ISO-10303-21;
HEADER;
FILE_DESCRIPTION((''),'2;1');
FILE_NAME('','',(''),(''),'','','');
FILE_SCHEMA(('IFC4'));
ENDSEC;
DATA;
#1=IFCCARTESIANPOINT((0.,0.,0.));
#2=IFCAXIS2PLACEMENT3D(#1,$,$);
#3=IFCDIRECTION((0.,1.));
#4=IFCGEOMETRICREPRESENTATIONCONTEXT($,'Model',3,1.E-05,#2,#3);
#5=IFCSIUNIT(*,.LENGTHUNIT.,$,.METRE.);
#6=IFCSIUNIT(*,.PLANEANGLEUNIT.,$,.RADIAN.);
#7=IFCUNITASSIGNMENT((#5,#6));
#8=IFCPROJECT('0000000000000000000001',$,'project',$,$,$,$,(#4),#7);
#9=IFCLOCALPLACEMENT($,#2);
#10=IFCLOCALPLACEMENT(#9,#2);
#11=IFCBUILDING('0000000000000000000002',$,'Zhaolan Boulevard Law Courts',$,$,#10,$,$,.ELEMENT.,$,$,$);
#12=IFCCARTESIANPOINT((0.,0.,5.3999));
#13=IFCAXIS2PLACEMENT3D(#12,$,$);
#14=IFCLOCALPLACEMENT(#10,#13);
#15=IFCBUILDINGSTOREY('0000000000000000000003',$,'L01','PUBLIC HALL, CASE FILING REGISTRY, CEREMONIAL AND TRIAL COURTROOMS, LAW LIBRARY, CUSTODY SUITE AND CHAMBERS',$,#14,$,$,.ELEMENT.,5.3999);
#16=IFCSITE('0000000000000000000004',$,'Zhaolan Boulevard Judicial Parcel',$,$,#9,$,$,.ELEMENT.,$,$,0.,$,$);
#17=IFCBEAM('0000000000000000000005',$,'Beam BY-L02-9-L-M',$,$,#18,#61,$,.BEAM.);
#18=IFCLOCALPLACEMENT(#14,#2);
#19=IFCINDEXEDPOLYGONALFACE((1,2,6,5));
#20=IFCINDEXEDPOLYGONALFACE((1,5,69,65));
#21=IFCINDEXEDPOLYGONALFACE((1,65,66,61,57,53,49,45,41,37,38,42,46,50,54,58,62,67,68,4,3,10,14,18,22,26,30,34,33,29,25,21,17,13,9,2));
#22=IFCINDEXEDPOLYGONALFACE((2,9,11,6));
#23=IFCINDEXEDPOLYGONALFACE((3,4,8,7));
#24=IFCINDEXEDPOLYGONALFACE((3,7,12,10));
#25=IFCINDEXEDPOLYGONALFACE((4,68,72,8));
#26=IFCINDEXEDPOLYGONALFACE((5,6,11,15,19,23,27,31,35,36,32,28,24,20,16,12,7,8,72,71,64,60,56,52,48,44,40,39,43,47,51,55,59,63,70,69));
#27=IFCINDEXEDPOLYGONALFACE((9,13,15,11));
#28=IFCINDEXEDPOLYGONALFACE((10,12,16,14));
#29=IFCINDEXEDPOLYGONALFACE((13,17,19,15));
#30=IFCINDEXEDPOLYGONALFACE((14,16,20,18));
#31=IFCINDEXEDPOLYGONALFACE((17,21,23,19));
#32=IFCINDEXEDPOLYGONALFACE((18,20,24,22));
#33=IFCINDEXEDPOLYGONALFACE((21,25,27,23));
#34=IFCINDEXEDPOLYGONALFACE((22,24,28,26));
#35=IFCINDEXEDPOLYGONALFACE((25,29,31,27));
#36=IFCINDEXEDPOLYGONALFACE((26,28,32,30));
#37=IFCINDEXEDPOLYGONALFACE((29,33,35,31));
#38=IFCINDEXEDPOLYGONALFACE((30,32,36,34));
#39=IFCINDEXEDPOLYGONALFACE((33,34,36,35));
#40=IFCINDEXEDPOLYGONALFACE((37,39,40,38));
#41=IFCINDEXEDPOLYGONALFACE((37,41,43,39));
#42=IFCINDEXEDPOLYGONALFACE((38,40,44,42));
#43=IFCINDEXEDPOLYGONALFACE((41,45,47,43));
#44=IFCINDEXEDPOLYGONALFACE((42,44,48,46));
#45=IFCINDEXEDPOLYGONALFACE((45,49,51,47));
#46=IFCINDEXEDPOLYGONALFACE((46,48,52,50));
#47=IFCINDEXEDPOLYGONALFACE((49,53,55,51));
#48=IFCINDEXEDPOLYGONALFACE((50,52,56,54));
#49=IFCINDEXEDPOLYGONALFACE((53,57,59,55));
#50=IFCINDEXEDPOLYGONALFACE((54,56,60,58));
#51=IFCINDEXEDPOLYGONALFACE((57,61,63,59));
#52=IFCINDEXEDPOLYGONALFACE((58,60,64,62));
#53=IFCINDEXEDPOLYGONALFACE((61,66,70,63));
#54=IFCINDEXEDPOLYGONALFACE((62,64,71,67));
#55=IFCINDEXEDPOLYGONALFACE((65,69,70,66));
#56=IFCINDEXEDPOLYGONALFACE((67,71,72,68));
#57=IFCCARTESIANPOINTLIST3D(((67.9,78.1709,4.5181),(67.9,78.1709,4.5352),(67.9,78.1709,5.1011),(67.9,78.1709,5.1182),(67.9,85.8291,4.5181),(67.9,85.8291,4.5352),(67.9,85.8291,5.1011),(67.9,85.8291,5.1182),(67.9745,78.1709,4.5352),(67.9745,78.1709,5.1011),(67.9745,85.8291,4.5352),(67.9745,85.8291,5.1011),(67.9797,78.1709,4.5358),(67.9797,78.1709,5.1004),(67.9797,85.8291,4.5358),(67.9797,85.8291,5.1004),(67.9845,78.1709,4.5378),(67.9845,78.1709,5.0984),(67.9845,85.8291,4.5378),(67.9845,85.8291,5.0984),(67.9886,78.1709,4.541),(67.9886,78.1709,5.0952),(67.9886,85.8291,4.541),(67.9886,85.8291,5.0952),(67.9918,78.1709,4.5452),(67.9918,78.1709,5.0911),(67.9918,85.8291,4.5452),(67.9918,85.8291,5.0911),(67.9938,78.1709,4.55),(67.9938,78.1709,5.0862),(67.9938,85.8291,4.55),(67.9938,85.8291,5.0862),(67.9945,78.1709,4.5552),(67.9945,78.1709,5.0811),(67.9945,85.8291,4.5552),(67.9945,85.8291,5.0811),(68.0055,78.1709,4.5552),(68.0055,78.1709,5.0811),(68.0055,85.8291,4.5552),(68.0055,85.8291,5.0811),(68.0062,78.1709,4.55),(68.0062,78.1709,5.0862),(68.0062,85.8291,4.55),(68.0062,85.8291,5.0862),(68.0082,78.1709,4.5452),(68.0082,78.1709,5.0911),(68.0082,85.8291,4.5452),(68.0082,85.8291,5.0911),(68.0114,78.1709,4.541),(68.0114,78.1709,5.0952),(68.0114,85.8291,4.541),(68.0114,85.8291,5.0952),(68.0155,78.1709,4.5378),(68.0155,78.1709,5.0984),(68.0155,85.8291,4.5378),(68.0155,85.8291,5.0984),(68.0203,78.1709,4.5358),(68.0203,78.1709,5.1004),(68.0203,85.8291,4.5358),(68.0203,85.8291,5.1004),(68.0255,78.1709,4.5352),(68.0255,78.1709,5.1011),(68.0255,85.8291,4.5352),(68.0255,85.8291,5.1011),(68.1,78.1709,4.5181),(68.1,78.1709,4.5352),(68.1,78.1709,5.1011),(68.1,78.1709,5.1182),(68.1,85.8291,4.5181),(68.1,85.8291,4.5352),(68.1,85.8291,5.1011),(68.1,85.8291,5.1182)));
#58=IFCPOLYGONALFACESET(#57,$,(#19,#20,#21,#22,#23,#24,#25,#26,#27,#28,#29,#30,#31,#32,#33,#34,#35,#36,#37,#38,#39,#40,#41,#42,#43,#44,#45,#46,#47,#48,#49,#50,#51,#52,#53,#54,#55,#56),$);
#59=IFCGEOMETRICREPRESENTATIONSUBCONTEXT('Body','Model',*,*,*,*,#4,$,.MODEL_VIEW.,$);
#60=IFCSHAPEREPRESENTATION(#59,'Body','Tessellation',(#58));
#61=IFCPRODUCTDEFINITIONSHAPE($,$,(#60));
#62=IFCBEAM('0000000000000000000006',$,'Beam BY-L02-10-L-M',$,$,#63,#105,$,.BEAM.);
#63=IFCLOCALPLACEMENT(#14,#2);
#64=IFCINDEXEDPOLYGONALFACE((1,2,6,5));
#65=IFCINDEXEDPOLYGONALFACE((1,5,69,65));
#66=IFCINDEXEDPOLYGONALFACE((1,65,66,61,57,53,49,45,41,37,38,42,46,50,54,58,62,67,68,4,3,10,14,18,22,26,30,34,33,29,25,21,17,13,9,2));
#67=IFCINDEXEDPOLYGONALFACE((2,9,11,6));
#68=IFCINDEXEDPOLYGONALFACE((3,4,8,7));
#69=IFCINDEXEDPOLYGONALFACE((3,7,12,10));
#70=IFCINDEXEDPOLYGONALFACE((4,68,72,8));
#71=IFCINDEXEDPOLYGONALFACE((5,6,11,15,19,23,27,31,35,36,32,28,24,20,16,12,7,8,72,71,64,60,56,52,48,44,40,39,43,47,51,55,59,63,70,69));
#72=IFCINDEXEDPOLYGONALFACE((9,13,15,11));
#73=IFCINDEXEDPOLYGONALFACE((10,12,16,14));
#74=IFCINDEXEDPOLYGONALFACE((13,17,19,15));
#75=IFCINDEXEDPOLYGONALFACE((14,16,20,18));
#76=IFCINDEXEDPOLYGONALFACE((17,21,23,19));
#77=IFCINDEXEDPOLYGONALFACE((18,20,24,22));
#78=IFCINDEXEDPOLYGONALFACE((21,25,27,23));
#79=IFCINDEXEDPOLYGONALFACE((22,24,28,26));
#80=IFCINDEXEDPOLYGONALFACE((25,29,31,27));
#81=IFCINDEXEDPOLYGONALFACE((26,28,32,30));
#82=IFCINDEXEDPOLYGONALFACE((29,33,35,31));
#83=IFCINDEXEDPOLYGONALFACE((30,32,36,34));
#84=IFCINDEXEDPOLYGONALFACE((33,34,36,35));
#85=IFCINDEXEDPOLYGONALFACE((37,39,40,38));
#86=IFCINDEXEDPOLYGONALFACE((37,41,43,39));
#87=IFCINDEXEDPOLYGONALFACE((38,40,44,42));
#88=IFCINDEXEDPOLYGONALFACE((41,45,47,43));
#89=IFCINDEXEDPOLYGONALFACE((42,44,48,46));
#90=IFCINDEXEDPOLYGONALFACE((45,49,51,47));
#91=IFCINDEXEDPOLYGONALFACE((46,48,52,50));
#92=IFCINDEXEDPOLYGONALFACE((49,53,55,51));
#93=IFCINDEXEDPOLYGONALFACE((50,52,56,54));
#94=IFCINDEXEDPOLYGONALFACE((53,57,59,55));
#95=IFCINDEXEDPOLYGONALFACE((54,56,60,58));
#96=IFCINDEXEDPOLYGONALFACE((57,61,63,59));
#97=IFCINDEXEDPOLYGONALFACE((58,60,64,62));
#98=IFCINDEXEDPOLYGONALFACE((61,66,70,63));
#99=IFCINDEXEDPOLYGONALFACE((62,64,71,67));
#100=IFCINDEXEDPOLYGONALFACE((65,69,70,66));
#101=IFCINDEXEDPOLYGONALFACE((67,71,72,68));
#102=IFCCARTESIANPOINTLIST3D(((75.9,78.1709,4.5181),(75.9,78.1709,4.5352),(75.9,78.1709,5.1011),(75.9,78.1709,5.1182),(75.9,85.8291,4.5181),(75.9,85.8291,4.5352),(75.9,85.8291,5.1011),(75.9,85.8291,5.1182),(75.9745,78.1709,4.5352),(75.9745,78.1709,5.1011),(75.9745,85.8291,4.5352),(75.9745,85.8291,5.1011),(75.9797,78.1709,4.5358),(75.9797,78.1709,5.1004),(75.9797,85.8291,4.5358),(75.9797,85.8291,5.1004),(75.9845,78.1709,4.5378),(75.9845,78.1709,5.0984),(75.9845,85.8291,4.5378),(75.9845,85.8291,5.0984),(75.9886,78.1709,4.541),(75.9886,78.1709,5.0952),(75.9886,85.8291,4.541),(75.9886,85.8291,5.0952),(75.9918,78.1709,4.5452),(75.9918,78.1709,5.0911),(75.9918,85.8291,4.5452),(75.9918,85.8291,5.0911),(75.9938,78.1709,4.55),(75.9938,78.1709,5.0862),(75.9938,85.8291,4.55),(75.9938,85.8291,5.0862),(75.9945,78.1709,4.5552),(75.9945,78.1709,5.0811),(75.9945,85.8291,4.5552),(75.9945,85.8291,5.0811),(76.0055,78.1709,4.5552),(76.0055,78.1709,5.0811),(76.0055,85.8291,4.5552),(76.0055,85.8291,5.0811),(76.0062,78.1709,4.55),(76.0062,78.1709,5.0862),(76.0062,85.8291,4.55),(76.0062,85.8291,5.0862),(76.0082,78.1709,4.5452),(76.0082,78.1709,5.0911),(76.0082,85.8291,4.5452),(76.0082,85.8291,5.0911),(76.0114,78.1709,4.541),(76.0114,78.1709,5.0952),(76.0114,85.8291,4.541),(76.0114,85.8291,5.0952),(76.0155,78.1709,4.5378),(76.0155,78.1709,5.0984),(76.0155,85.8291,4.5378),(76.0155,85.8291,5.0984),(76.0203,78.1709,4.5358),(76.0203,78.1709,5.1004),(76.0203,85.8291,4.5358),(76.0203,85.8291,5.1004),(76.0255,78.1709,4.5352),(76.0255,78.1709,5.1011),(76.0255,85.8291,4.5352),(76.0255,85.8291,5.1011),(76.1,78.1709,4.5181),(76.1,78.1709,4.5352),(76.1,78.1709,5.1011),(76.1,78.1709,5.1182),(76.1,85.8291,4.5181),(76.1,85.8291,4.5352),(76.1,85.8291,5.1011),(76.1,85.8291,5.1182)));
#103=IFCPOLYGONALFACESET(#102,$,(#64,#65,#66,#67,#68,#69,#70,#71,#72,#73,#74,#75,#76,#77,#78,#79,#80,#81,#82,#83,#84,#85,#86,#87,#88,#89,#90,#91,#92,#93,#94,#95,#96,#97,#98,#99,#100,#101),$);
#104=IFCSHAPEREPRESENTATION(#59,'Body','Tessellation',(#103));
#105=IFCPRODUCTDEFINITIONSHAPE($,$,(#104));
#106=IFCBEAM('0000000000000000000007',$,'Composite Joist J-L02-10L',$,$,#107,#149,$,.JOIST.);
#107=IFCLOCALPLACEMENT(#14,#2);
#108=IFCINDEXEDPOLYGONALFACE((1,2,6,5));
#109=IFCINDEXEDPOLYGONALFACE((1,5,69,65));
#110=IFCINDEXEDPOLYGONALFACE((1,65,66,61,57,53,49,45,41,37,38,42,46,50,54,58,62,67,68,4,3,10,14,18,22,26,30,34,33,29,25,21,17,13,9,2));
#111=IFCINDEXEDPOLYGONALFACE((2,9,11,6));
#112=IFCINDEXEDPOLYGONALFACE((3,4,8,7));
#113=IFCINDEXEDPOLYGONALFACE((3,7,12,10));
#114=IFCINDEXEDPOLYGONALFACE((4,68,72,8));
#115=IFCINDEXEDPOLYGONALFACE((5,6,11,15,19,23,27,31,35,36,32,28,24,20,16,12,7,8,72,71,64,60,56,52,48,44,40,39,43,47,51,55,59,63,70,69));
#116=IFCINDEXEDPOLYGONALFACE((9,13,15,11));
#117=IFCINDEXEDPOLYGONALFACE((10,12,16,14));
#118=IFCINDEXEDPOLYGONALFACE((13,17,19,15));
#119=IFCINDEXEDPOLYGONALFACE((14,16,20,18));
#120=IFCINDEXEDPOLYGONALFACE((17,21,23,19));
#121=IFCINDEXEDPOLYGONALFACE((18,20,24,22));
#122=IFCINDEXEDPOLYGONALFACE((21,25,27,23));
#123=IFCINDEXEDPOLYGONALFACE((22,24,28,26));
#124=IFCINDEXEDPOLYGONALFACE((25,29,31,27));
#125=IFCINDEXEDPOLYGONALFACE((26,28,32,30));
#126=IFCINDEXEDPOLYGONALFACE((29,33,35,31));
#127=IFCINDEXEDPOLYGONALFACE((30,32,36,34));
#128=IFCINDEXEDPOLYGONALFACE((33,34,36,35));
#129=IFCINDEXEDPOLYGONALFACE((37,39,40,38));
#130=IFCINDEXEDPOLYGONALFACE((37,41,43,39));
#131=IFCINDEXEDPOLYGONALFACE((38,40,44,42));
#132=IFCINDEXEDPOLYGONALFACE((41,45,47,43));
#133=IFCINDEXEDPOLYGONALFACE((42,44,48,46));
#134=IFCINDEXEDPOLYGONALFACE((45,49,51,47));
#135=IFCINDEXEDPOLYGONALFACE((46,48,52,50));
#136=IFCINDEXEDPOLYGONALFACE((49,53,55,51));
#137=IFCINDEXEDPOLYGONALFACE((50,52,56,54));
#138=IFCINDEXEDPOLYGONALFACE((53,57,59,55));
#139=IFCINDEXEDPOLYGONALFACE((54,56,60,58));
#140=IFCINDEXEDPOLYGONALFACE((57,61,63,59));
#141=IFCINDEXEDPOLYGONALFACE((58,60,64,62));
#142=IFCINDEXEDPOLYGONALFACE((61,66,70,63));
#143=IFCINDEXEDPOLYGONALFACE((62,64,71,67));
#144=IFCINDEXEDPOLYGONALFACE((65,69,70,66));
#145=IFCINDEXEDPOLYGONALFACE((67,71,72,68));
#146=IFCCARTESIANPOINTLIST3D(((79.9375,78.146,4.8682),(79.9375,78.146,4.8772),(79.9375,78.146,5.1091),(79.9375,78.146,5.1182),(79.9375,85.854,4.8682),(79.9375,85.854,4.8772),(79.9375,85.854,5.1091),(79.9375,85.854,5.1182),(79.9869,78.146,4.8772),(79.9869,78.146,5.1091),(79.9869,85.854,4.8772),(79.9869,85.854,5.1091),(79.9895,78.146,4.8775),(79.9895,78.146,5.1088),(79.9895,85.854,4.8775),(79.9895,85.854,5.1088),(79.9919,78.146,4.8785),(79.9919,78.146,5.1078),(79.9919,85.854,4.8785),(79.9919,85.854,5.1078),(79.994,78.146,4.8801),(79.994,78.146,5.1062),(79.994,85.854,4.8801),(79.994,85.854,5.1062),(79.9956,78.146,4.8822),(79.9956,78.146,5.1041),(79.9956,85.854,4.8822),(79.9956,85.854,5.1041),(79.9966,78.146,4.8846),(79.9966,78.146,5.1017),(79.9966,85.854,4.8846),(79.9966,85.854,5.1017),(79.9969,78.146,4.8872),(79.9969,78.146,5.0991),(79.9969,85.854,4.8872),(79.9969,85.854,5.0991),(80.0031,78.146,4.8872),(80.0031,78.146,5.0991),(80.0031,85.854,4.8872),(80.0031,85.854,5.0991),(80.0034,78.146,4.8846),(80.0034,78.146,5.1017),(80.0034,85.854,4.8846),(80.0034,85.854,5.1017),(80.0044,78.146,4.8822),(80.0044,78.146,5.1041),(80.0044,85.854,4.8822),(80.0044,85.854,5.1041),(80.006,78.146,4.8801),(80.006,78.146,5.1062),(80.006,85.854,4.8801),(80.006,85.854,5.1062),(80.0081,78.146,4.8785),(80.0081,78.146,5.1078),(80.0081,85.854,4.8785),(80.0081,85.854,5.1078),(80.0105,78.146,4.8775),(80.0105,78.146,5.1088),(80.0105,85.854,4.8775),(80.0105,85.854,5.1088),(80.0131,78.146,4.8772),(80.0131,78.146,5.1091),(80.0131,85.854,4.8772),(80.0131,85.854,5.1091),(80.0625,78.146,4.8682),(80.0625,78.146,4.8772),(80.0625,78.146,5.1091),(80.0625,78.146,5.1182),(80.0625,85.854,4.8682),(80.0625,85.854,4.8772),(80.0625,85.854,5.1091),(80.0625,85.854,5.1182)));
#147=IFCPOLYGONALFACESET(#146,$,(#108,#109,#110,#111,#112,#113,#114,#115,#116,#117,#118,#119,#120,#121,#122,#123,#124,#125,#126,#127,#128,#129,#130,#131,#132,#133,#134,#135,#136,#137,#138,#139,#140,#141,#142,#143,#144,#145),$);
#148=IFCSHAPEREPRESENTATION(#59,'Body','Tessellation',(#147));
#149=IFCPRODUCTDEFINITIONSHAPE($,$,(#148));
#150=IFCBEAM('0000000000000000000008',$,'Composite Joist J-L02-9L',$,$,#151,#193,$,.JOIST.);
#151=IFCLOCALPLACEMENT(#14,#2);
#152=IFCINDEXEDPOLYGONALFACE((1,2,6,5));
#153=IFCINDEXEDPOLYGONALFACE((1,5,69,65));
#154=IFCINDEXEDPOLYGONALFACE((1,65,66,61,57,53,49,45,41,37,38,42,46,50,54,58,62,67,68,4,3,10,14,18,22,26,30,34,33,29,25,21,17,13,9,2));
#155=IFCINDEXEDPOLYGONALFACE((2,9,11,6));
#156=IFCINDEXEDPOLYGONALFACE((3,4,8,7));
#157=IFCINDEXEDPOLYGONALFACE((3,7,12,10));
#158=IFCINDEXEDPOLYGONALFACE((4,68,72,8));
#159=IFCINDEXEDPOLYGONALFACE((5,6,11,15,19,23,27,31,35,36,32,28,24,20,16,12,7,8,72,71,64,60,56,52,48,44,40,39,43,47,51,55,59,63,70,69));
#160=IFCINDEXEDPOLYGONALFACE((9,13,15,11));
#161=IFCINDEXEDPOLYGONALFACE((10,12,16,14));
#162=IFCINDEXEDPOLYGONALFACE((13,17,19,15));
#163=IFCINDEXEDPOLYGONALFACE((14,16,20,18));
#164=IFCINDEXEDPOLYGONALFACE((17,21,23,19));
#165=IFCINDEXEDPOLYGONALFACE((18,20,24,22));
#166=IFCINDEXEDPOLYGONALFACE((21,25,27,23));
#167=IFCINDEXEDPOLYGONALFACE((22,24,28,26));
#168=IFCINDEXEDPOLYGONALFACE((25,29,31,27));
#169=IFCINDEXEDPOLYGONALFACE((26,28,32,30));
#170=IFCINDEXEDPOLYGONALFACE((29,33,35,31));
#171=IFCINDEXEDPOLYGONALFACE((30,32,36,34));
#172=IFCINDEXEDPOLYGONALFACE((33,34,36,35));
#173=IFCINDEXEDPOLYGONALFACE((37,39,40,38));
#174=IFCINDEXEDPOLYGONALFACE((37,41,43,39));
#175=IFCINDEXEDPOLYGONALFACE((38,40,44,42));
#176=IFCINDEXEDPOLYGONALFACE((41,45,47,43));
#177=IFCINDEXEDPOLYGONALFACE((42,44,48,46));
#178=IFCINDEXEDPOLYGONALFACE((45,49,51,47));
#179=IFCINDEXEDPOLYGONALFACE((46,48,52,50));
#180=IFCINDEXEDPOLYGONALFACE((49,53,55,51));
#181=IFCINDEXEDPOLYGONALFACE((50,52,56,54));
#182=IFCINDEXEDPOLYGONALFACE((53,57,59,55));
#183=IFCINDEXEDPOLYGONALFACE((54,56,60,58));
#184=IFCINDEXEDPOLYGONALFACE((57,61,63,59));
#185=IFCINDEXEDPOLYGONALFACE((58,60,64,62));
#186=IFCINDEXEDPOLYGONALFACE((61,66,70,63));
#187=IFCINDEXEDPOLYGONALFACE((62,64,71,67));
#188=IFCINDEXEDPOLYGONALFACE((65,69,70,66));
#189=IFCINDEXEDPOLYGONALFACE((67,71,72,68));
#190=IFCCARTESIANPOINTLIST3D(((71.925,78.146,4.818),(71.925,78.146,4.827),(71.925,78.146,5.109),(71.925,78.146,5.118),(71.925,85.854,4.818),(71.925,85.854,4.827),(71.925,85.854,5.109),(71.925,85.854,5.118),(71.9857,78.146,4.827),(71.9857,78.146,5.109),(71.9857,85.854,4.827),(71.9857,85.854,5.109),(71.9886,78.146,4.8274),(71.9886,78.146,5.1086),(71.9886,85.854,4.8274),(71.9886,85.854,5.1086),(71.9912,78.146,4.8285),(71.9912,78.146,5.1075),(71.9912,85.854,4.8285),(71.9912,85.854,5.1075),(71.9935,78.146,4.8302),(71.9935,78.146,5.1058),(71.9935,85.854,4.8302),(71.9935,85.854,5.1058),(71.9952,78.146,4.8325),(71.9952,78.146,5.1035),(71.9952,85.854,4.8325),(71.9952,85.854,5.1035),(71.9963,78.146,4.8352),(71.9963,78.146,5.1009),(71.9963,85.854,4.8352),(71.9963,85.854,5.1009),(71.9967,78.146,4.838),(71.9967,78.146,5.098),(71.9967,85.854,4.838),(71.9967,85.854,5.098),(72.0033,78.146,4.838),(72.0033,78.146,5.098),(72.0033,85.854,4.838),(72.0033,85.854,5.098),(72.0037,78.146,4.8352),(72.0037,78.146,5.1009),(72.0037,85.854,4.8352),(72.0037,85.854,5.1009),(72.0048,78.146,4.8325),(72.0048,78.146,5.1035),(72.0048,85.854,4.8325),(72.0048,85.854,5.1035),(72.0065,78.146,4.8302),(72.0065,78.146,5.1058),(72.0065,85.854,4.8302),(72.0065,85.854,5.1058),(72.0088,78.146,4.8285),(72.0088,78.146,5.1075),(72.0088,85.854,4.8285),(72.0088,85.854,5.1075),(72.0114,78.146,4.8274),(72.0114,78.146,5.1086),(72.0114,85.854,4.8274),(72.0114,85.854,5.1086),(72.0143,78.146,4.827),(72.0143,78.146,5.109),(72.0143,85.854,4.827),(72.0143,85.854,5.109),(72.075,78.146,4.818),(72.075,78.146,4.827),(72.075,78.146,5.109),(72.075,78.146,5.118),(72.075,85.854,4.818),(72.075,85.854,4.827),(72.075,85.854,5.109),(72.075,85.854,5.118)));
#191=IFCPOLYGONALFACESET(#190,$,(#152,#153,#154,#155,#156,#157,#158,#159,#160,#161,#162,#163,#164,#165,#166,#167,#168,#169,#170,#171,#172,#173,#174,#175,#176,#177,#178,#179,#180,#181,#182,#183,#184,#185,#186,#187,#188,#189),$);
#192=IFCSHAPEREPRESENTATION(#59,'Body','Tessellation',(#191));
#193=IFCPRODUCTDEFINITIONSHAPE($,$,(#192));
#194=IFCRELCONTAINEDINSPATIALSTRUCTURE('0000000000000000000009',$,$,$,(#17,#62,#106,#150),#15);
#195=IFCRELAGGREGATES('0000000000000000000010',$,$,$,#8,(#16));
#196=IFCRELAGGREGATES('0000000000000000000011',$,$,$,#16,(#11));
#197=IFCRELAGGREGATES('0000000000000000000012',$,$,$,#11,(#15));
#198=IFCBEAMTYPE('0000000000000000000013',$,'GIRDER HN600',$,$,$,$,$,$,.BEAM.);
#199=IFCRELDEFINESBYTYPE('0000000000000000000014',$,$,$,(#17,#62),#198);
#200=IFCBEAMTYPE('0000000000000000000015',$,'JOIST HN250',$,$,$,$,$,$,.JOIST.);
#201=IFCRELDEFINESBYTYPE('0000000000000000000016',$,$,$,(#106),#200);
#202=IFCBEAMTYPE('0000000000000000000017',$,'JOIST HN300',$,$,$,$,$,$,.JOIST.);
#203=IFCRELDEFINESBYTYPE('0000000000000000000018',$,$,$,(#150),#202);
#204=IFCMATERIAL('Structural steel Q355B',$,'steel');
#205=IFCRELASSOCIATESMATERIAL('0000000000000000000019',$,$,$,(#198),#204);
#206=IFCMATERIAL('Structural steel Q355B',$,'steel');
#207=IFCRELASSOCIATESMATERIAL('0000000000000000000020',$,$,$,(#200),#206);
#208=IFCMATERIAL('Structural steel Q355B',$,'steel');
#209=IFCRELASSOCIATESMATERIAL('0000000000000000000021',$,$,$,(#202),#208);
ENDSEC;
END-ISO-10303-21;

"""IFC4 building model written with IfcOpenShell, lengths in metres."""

from ifc_helpers import new_model, si_unit, direction, frame, origin, origin_2d, place, context, subcontext, project, spatial, i_section, extrude, material, material_profile, profile_set, type_object, element, save


model = new_model("IFC4")

# Units and contexts
model_context = context("Model", 3, precision=1e-05, world=origin(), true_north=direction((0.0, 1.0)))
body_context = subcontext(model_context, "Body", "Model", "MODEL_VIEW")
ifc_project = project(units=[si_unit("LENGTHUNIT", "METRE"), si_unit("PLANEANGLEUNIT", "RADIAN")], contexts=[model_context])

# Site, building, storey
site_placement = place(None, origin())
site = spatial("IfcSite", under=ifc_project, at=site_placement, Name="Zhaolan Boulevard Judicial Parcel", CompositionType="ELEMENT", RefElevation=0.0)
building_placement = place(site_placement, origin())
building = spatial("IfcBuilding", under=site, at=building_placement, Name="Zhaolan Boulevard Law Courts", CompositionType="ELEMENT")
storey_placement = place(building_placement, frame((0.0, 0.0, 5.3999)))
storey = spatial("IfcBuildingStorey", under=building, at=storey_placement, Name="L01", Description="PUBLIC HALL, CASE FILING REGISTRY, CEREMONIAL AND TRIAL COURTROOMS, LAW LIBRARY, CUSTODY SUITE AND CHAMBERS", CompositionType="ELEMENT", Elevation=5.3999)

# Beams
ifc_material_1 = material(Name="Structural steel Q355B", Category="steel")
ifc_material_profile_1 = material_profile(ifc_material_1, i_section(OverallWidth=0.2, OverallDepth=0.6001, WebThickness=0.011, FlangeThickness=0.0171, FilletRadius=0.02, at=origin_2d()), Name="HN600x200")
ifc_profile_set_1 = profile_set([ifc_material_profile_1], Name="Structural steel Q355B")
beam_type_1 = type_object("IfcBeamType", Name="GIRDER HN600", PredefinedType="BEAM", material=ifc_profile_set_1)
for number, where, z_axis, x_axis, name in (
    (1, (68.0, 78.1709, 4.8181), (0.0, 1.0, 0.0), (-1.0, 0.0, 0.0), "Beam BY-L02-9-L-M"),
    (2, (76.0, 78.1709, 4.8181), (0.0, 1.0, 0.0), (-1.0, 0.0, 0.0), "Beam BY-L02-10-L-M"),
):
    element("IfcBeam", number, at=place(storey_placement, frame(where, z_axis=z_axis, x_axis=x_axis)), inside=storey, type_object=beam_type_1, Name=name, PredefinedType="BEAM", context=body_context, shape_type="SweptSolid", body=[
        extrude(i_section(OverallWidth=0.2, OverallDepth=0.6001, WebThickness=0.011, FlangeThickness=0.0171, FilletRadius=0.02, at=origin_2d()), origin(), (0.0, 0.0, 1.0), 7.6582),
    ])
ifc_material_2 = material(Name="Structural steel Q355B", Category="steel")
ifc_material_profile_2 = material_profile(ifc_material_2, i_section(OverallWidth=0.125, OverallDepth=0.25, WebThickness=0.0061, FlangeThickness=0.009, FilletRadius=0.01, at=origin_2d()), Name="HN250x125")
ifc_profile_set_2 = profile_set([ifc_material_profile_2], Name="Structural steel Q355B")
beam_type_2 = type_object("IfcBeamType", Name="JOIST HN250", PredefinedType="JOIST", material=ifc_profile_set_2)
beam_1_placement = place(storey_placement, frame((80.0, 78.146, 4.9932), z_axis=(0.0, 1.0, 0.0), x_axis=(-1.0, 0.0, 0.0)))
element("IfcBeam", 3, at=beam_1_placement, inside=storey, type_object=beam_type_2, Name="Composite Joist J-L02-10L", PredefinedType="JOIST", context=body_context, shape_type="SweptSolid", body=[
    extrude(i_section(OverallWidth=0.125, OverallDepth=0.25, WebThickness=0.0061, FlangeThickness=0.009, FilletRadius=0.01, at=origin_2d()), origin(), (0.0, 0.0, 1.0), 7.708),
])
ifc_material_3 = material(Name="Structural steel Q355B", Category="steel")
ifc_material_profile_3 = material_profile(ifc_material_3, i_section(OverallWidth=0.1499, OverallDepth=0.3, WebThickness=0.0066, FlangeThickness=0.009, FilletRadius=0.011, at=origin_2d()), Name="HN300x150")
ifc_profile_set_3 = profile_set([ifc_material_profile_3], Name="Structural steel Q355B")
beam_type_3 = type_object("IfcBeamType", Name="JOIST HN300", PredefinedType="JOIST", material=ifc_profile_set_3)
beam_2_placement = place(storey_placement, frame((72.0, 78.146, 4.968), z_axis=(0.0, 1.0, 0.0), x_axis=(-1.0, 0.0, 0.0)))
element("IfcBeam", 4, at=beam_2_placement, inside=storey, type_object=beam_type_3, Name="Composite Joist J-L02-9L", PredefinedType="JOIST", context=body_context, shape_type="SweptSolid", body=[
    extrude(i_section(OverallWidth=0.1499, OverallDepth=0.3, WebThickness=0.0066, FlangeThickness=0.009, FilletRadius=0.011, at=origin_2d()), origin(), (0.0, 0.0, 1.0), 7.708),
])

save(model, "model.ifc")
